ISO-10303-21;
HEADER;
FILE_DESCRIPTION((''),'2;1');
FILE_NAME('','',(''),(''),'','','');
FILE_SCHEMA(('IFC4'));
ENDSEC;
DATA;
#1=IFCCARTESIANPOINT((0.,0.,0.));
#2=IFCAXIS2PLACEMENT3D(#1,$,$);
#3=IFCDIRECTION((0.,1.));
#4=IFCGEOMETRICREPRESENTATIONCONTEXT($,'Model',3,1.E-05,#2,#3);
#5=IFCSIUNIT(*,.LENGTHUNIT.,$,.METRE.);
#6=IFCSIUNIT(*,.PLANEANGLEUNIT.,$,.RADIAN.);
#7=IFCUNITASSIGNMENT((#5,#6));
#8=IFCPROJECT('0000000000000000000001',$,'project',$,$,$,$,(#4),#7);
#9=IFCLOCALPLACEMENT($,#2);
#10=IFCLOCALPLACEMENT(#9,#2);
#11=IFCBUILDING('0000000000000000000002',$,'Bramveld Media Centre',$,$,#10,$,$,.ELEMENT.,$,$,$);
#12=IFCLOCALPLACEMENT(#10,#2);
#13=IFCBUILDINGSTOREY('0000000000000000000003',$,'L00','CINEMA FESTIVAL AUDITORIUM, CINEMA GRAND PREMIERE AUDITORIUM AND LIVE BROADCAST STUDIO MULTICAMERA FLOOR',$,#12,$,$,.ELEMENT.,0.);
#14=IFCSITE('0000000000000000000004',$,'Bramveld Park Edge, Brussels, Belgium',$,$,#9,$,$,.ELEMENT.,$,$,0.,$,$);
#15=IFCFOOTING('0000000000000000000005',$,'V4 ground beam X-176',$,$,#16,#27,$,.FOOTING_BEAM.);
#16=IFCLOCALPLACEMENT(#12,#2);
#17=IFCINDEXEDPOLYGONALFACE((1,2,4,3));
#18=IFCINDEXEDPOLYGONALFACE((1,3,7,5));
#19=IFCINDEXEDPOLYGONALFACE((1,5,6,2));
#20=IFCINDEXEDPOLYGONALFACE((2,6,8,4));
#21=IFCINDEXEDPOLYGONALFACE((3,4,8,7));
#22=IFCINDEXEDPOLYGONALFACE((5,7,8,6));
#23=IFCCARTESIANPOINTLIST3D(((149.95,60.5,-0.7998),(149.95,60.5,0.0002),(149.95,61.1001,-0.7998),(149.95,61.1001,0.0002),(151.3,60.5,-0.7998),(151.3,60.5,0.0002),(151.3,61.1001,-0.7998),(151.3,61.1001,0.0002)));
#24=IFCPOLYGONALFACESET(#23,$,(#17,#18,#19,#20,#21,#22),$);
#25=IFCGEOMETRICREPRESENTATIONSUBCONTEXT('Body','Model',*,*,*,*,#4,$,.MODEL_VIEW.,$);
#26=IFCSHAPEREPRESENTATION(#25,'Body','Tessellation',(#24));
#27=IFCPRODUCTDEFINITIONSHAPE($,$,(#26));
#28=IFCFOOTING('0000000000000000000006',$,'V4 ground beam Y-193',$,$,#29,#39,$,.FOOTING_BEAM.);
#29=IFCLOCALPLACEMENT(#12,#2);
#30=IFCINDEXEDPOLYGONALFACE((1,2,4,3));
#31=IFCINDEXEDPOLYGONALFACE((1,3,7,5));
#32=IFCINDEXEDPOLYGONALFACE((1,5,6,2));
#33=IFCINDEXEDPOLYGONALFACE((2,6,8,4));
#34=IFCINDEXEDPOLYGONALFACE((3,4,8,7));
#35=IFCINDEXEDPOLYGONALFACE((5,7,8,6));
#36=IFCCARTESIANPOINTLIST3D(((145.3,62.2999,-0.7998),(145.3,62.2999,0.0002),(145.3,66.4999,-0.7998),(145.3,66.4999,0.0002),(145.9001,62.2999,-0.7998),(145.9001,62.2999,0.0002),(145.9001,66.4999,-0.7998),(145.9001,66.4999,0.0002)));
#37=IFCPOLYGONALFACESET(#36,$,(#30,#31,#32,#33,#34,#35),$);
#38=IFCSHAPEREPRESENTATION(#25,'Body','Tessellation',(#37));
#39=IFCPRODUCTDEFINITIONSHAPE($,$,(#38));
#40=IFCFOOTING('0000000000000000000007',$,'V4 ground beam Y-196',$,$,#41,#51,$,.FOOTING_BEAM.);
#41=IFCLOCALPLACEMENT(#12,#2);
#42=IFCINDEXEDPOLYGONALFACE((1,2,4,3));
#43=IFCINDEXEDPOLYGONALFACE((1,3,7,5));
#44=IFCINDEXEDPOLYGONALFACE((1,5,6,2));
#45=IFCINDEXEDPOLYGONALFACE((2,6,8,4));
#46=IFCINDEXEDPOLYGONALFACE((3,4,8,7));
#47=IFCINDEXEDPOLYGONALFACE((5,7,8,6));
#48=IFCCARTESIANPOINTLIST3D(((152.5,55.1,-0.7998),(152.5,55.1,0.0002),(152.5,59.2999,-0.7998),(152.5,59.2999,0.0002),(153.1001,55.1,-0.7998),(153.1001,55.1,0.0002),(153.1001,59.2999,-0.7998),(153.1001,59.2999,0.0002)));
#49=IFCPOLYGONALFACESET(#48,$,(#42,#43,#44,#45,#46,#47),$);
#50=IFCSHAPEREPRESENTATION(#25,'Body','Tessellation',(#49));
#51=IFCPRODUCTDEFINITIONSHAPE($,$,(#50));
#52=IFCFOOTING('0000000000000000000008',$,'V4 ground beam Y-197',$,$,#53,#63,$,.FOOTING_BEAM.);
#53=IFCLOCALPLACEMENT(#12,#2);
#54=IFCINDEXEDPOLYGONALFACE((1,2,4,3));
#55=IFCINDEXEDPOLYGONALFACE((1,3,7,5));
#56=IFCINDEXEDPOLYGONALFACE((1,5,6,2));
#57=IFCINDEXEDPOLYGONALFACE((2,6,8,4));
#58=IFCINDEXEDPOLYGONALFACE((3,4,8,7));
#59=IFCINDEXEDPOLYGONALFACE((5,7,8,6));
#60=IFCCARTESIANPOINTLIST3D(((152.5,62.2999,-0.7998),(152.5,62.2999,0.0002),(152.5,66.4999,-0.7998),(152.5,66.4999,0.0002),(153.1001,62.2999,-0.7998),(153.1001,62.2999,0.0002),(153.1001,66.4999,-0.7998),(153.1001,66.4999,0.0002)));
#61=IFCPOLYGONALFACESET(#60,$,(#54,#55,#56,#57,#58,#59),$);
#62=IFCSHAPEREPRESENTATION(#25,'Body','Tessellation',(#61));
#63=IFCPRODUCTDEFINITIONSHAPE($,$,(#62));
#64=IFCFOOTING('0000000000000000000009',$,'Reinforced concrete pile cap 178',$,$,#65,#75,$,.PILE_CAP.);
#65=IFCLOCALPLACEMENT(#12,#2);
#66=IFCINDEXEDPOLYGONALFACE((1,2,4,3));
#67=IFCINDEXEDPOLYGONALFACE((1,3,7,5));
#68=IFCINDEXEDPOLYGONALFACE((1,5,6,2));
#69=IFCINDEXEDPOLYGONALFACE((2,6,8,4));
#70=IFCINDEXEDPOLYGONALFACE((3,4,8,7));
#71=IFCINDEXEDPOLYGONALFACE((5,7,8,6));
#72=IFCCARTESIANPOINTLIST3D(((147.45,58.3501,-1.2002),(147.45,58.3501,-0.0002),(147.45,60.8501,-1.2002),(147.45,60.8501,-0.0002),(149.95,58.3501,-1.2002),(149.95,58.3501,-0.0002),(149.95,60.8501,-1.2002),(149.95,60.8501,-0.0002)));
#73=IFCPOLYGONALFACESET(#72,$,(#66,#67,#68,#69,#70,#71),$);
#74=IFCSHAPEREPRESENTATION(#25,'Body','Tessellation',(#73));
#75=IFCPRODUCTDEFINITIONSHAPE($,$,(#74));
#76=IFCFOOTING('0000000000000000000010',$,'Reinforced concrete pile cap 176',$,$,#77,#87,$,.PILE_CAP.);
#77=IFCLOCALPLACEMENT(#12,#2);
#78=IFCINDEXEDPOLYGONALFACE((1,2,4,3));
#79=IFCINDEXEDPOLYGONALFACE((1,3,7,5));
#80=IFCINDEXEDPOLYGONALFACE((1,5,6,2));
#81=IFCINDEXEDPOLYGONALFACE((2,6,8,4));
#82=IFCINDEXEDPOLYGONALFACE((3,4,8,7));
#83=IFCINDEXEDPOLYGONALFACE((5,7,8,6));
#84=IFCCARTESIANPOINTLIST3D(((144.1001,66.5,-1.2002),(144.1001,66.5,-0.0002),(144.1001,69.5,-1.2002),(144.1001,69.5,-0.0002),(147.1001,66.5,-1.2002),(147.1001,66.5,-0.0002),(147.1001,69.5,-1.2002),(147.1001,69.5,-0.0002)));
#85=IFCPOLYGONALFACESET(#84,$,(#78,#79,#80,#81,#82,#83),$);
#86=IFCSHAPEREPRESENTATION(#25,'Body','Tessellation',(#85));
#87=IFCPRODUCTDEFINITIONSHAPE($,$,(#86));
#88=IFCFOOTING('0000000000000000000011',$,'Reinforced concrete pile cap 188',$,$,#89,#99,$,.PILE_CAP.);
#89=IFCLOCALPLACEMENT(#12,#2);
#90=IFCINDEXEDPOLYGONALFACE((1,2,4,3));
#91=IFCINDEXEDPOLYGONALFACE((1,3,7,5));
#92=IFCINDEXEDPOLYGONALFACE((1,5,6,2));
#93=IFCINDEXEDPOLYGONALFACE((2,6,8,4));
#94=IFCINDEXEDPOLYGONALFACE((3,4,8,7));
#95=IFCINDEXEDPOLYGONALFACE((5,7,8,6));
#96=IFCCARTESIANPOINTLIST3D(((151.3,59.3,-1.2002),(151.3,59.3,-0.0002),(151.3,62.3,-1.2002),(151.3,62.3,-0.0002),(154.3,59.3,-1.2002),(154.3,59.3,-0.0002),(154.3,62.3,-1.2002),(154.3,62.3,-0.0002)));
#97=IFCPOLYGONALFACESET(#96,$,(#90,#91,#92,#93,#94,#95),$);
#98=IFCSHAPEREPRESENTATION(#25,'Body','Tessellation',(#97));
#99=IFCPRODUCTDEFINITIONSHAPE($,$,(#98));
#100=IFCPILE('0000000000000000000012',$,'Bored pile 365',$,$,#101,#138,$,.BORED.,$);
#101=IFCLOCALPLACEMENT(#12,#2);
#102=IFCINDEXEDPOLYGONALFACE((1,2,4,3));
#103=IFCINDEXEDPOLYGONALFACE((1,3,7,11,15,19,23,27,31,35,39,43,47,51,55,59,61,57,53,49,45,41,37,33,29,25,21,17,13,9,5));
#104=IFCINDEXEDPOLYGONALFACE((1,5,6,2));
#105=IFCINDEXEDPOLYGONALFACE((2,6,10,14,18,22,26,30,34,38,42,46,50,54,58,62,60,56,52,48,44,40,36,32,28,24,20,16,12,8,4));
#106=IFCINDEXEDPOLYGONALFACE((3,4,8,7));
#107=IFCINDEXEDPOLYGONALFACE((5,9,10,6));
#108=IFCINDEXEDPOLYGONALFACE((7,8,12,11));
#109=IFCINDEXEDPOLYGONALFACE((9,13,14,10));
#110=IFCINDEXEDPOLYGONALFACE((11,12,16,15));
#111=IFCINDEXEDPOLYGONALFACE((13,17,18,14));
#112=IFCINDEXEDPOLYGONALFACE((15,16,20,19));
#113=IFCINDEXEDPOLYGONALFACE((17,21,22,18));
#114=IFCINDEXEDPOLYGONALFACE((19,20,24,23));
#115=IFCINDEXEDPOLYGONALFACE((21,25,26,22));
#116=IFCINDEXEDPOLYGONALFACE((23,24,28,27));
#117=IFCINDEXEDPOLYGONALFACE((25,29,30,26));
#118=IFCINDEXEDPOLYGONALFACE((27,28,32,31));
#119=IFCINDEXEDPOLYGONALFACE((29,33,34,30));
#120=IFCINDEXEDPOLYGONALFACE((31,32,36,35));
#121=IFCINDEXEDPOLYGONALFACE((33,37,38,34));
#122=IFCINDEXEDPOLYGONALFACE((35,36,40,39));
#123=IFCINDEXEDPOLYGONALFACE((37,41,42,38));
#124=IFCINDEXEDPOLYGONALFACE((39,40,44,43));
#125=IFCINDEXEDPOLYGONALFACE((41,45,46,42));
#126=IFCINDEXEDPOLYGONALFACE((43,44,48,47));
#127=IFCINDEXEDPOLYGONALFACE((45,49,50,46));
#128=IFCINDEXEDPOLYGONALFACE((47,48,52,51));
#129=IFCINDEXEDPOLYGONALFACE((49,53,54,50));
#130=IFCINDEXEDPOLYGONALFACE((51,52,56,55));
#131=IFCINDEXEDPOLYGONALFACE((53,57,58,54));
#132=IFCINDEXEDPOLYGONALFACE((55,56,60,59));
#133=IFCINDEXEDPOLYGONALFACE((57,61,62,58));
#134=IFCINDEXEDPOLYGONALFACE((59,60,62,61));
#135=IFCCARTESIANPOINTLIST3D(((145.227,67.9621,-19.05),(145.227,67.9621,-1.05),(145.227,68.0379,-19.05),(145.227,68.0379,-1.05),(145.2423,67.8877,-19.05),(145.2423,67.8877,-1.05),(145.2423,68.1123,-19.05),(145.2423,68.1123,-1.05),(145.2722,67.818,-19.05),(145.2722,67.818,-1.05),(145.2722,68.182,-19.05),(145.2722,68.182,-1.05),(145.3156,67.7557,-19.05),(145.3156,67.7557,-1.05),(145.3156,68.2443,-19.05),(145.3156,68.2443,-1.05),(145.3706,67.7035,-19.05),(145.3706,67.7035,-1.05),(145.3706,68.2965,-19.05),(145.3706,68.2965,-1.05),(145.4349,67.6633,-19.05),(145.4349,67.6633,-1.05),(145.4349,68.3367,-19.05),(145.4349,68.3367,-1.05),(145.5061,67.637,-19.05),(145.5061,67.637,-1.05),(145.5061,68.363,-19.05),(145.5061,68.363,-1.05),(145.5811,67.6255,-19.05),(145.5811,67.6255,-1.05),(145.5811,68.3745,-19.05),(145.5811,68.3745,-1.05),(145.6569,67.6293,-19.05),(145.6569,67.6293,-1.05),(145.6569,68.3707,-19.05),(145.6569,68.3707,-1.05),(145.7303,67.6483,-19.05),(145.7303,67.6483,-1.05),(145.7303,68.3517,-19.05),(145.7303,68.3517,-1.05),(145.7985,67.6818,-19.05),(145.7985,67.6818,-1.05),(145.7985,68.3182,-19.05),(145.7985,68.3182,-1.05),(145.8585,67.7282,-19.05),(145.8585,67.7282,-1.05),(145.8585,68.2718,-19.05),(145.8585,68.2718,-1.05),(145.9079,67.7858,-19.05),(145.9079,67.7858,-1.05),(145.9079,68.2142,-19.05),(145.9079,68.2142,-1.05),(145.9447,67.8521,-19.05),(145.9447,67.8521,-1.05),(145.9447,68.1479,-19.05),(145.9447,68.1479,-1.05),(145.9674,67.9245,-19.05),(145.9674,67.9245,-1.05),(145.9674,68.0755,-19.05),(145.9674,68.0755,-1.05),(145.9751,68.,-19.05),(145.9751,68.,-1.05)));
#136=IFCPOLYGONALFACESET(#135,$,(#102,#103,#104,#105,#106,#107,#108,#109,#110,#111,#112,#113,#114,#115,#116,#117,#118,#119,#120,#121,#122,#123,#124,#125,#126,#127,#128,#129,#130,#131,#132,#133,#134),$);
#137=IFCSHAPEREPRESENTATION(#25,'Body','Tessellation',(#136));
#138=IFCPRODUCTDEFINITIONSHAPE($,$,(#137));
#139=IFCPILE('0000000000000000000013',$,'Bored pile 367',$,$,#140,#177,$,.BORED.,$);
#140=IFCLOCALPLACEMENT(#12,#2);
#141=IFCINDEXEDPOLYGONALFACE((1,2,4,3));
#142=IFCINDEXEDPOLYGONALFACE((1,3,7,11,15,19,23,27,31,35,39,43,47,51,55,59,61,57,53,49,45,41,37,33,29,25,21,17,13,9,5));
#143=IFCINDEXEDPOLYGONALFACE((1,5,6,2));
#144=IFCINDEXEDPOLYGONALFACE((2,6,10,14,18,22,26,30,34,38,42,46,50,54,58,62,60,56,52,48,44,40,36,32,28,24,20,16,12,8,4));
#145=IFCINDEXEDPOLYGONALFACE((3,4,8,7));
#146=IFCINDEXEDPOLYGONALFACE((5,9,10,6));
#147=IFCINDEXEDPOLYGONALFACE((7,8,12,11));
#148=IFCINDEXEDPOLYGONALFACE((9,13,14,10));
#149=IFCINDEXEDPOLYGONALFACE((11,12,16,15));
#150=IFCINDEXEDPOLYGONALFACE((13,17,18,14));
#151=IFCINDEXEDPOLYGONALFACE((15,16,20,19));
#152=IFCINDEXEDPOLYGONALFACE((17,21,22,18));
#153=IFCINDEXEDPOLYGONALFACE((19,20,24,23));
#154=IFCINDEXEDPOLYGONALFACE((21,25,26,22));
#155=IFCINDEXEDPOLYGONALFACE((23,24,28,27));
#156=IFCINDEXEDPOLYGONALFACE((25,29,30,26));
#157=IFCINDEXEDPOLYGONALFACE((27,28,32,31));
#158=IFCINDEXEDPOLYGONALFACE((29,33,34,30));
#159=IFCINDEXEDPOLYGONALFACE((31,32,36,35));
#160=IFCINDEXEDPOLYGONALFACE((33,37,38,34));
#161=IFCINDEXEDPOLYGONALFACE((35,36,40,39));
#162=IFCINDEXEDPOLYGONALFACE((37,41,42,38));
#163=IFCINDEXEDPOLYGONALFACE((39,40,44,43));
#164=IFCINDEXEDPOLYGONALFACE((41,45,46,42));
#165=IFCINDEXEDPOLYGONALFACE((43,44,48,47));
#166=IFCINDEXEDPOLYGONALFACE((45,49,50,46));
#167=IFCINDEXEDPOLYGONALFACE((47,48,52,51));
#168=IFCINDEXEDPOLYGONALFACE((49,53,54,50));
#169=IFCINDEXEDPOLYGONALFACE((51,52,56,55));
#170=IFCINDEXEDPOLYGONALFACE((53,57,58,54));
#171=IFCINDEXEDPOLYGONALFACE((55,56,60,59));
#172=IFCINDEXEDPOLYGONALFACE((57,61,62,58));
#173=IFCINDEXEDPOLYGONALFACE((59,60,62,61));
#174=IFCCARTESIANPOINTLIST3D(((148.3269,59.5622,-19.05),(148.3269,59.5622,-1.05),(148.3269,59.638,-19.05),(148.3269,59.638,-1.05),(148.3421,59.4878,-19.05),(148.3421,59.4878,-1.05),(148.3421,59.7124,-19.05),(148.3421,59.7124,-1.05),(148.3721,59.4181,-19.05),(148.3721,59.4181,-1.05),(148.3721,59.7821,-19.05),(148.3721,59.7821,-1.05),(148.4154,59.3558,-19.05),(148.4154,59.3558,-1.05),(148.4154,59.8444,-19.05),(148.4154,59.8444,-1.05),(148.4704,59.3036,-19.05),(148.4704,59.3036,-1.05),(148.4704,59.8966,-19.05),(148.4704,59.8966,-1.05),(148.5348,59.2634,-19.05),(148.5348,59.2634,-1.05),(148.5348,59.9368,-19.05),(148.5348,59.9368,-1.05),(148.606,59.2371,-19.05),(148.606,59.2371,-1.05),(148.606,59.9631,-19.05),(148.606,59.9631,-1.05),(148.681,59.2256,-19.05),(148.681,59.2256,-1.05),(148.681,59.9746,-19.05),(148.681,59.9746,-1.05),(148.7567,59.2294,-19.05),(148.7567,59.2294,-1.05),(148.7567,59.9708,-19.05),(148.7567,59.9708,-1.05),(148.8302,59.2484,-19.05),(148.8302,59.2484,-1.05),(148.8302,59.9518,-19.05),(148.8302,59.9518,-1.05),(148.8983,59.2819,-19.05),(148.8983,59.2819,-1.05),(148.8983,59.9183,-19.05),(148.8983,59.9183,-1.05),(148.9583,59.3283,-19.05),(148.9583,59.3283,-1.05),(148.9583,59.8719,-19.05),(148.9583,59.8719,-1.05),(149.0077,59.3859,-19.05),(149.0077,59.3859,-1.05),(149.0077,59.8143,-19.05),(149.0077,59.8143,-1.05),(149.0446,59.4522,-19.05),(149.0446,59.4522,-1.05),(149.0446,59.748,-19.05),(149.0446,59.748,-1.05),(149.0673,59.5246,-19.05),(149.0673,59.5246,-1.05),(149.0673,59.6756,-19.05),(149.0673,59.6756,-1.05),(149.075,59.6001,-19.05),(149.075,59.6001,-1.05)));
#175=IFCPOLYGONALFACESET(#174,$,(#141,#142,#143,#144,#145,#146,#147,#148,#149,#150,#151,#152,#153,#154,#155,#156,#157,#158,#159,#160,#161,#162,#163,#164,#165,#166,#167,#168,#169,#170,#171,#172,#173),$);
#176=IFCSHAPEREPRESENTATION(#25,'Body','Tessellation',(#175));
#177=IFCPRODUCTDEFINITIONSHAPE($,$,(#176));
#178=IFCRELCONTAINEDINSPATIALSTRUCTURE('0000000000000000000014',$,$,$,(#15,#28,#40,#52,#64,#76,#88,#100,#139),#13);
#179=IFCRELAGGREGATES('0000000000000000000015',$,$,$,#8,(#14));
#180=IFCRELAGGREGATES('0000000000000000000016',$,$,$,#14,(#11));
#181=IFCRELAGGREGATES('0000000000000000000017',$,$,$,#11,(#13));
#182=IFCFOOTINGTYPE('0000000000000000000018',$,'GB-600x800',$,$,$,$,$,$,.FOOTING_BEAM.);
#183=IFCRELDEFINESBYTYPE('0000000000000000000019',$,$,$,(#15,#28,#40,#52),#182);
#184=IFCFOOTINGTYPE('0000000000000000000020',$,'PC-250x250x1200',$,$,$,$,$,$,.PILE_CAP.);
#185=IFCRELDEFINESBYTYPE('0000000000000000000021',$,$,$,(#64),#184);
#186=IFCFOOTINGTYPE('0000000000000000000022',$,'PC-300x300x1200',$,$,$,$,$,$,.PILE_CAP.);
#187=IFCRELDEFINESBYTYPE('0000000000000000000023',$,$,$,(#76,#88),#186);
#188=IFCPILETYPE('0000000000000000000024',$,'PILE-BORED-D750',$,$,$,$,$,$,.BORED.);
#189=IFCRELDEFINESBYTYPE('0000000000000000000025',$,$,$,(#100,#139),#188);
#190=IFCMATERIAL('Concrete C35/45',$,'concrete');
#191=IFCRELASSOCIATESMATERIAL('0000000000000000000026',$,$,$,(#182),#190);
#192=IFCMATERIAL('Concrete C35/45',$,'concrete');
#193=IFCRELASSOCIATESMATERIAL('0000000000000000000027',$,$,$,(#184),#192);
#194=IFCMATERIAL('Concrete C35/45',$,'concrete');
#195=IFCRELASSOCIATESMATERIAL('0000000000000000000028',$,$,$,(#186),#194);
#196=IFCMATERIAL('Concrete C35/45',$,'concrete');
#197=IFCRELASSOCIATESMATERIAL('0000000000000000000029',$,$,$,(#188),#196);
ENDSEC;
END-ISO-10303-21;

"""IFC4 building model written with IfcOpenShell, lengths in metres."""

from ifc_helpers import new_model, si_unit, direction, frame, origin, origin_2d, place, context, subcontext, project, spatial, rectangle, circle, extrude, material, material_profile, profile_set, type_object, element, save


model = new_model("IFC4")

# Units and contexts
model_context = context("Model", 3, precision=1e-05, world=origin(), true_north=direction((0.0, 1.0)))
body_context = subcontext(model_context, "Body", "Model", "MODEL_VIEW")
ifc_project = project(units=[si_unit("LENGTHUNIT", "METRE"), si_unit("PLANEANGLEUNIT", "RADIAN")], contexts=[model_context])

# Site, building, storey
site_placement = place(None, origin())
site = spatial("IfcSite", under=ifc_project, at=site_placement, Name="Bramveld Park Edge, Brussels, Belgium", CompositionType="ELEMENT", RefElevation=0.0)
building_placement = place(site_placement, origin())
building = spatial("IfcBuilding", under=site, at=building_placement, Name="Bramveld Media Centre", CompositionType="ELEMENT")
storey_placement = place(building_placement, origin())
storey = spatial("IfcBuildingStorey", under=building, at=storey_placement, Name="L00", Description="CINEMA FESTIVAL AUDITORIUM, CINEMA GRAND PREMIERE AUDITORIUM AND LIVE BROADCAST STUDIO MULTICAMERA FLOOR", CompositionType="ELEMENT", Elevation=0.0)

# Footings
ifc_material_1 = material(Name="Concrete C35/45", Category="concrete")
footing_type_1 = type_object("IfcFootingType", Name="GB-600x800", PredefinedType="FOOTING_BEAM", material=ifc_material_1)
footing_1_placement = place(storey_placement, frame((150.625, 60.8, -0.7998), z_axis=(0.0, 0.0, 1.0), x_axis=(1.0, 0.0, 0.0)))
element("IfcFooting", 1, at=footing_1_placement, inside=storey, type_object=footing_type_1, Name="V4 ground beam X-176", PredefinedType="FOOTING_BEAM", context=body_context, shape_type="SweptSolid", body=[
    extrude(rectangle(XDim=1.3501, YDim=0.6001, at=origin_2d()), origin(), (0.0, 0.0, 1.0), 0.8),
])
for number, where, z_axis, x_axis, name in (
    (2, (145.6001, 64.3999, -0.7998), (0.0, 0.0, 1.0), (1.0, 0.0, 0.0), "V4 ground beam Y-193"),
    (3, (152.8, 57.2, -0.7998), (0.0, 0.0, 1.0), (1.0, 0.0, 0.0), "V4 ground beam Y-196"),
    (4, (152.8, 64.3999, -0.7998), (0.0, 0.0, 1.0), (1.0, 0.0, 0.0), "V4 ground beam Y-197"),
):
    element("IfcFooting", number, at=place(storey_placement, frame(where, z_axis=z_axis, x_axis=x_axis)), inside=storey, type_object=footing_type_1, Name=name, PredefinedType="FOOTING_BEAM", context=body_context, shape_type="SweptSolid", body=[
        extrude(rectangle(XDim=0.6001, YDim=4.2, at=origin_2d()), origin(), (0.0, 0.0, 1.0), 0.8),
    ])
ifc_material_2 = material(Name="Concrete C35/45", Category="concrete")
footing_type_2 = type_object("IfcFootingType", Name="PC-250x250x1200", PredefinedType="PILE_CAP", material=ifc_material_2)
footing_2_placement = place(storey_placement, frame((148.7, 59.6001, -1.2002), z_axis=(0.0, 0.0, 1.0), x_axis=(1.0, 0.0, 0.0)))
element("IfcFooting", 5, at=footing_2_placement, inside=storey, type_object=footing_type_2, Name="Reinforced concrete pile cap 178", PredefinedType="PILE_CAP", context=body_context, shape_type="SweptSolid", body=[
    extrude(rectangle(XDim=2.5, YDim=2.5, at=origin_2d()), origin(), (0.0, 0.0, 1.0), 1.2),
])
ifc_material_3 = material(Name="Concrete C35/45", Category="concrete")
footing_type_3 = type_object("IfcFootingType", Name="PC-300x300x1200", PredefinedType="PILE_CAP", material=ifc_material_3)
for number, where, z_axis, x_axis, name in (
    (6, (145.6001, 68.0, -1.2002), (0.0, 0.0, 1.0), (1.0, 0.0, 0.0), "Reinforced concrete pile cap 176"),
    (7, (152.8, 60.8, -1.2002), (0.0, 0.0, 1.0), (1.0, 0.0, 0.0), "Reinforced concrete pile cap 188"),
):
    element("IfcFooting", number, at=place(storey_placement, frame(where, z_axis=z_axis, x_axis=x_axis)), inside=storey, type_object=footing_type_3, Name=name, PredefinedType="PILE_CAP", context=body_context, shape_type="SweptSolid", body=[
        extrude(rectangle(XDim=3.0, YDim=3.0, at=origin_2d()), origin(), (0.0, 0.0, 1.0), 1.2),
    ])

# Piles
ifc_material_4 = material(Name="Concrete C35/45", Category="concrete")
ifc_material_profile_1 = material_profile(ifc_material_4, circle(Radius=0.375, at=origin_2d()), Name="BORED D750")
ifc_profile_set_1 = profile_set([ifc_material_profile_1], Name="Concrete C35/45")
pile_type = type_object("IfcPileType", Name="PILE-BORED-D750", PredefinedType="BORED", material=ifc_profile_set_1)
for number, where, z_axis, x_axis, name in (
    (8, (145.6001, 68.0, -1.05), (0.0, 0.0, -1.0), (1.0, 0.0, 0.0), "Bored pile 365"),
    (9, (148.7, 59.6001, -1.05), (0.0, 0.0, -1.0), (1.0, 0.0, 0.0), "Bored pile 367"),
):
    element("IfcPile", number, at=place(storey_placement, frame(where, z_axis=z_axis, x_axis=x_axis)), inside=storey, type_object=pile_type, Name=name, PredefinedType="BORED", context=body_context, shape_type="SweptSolid", body=[
        extrude(circle(Radius=0.375, at=origin_2d()), origin(), (0.0, 0.0, 1.0), 18.0),
    ])

save(model, "model.ifc")
